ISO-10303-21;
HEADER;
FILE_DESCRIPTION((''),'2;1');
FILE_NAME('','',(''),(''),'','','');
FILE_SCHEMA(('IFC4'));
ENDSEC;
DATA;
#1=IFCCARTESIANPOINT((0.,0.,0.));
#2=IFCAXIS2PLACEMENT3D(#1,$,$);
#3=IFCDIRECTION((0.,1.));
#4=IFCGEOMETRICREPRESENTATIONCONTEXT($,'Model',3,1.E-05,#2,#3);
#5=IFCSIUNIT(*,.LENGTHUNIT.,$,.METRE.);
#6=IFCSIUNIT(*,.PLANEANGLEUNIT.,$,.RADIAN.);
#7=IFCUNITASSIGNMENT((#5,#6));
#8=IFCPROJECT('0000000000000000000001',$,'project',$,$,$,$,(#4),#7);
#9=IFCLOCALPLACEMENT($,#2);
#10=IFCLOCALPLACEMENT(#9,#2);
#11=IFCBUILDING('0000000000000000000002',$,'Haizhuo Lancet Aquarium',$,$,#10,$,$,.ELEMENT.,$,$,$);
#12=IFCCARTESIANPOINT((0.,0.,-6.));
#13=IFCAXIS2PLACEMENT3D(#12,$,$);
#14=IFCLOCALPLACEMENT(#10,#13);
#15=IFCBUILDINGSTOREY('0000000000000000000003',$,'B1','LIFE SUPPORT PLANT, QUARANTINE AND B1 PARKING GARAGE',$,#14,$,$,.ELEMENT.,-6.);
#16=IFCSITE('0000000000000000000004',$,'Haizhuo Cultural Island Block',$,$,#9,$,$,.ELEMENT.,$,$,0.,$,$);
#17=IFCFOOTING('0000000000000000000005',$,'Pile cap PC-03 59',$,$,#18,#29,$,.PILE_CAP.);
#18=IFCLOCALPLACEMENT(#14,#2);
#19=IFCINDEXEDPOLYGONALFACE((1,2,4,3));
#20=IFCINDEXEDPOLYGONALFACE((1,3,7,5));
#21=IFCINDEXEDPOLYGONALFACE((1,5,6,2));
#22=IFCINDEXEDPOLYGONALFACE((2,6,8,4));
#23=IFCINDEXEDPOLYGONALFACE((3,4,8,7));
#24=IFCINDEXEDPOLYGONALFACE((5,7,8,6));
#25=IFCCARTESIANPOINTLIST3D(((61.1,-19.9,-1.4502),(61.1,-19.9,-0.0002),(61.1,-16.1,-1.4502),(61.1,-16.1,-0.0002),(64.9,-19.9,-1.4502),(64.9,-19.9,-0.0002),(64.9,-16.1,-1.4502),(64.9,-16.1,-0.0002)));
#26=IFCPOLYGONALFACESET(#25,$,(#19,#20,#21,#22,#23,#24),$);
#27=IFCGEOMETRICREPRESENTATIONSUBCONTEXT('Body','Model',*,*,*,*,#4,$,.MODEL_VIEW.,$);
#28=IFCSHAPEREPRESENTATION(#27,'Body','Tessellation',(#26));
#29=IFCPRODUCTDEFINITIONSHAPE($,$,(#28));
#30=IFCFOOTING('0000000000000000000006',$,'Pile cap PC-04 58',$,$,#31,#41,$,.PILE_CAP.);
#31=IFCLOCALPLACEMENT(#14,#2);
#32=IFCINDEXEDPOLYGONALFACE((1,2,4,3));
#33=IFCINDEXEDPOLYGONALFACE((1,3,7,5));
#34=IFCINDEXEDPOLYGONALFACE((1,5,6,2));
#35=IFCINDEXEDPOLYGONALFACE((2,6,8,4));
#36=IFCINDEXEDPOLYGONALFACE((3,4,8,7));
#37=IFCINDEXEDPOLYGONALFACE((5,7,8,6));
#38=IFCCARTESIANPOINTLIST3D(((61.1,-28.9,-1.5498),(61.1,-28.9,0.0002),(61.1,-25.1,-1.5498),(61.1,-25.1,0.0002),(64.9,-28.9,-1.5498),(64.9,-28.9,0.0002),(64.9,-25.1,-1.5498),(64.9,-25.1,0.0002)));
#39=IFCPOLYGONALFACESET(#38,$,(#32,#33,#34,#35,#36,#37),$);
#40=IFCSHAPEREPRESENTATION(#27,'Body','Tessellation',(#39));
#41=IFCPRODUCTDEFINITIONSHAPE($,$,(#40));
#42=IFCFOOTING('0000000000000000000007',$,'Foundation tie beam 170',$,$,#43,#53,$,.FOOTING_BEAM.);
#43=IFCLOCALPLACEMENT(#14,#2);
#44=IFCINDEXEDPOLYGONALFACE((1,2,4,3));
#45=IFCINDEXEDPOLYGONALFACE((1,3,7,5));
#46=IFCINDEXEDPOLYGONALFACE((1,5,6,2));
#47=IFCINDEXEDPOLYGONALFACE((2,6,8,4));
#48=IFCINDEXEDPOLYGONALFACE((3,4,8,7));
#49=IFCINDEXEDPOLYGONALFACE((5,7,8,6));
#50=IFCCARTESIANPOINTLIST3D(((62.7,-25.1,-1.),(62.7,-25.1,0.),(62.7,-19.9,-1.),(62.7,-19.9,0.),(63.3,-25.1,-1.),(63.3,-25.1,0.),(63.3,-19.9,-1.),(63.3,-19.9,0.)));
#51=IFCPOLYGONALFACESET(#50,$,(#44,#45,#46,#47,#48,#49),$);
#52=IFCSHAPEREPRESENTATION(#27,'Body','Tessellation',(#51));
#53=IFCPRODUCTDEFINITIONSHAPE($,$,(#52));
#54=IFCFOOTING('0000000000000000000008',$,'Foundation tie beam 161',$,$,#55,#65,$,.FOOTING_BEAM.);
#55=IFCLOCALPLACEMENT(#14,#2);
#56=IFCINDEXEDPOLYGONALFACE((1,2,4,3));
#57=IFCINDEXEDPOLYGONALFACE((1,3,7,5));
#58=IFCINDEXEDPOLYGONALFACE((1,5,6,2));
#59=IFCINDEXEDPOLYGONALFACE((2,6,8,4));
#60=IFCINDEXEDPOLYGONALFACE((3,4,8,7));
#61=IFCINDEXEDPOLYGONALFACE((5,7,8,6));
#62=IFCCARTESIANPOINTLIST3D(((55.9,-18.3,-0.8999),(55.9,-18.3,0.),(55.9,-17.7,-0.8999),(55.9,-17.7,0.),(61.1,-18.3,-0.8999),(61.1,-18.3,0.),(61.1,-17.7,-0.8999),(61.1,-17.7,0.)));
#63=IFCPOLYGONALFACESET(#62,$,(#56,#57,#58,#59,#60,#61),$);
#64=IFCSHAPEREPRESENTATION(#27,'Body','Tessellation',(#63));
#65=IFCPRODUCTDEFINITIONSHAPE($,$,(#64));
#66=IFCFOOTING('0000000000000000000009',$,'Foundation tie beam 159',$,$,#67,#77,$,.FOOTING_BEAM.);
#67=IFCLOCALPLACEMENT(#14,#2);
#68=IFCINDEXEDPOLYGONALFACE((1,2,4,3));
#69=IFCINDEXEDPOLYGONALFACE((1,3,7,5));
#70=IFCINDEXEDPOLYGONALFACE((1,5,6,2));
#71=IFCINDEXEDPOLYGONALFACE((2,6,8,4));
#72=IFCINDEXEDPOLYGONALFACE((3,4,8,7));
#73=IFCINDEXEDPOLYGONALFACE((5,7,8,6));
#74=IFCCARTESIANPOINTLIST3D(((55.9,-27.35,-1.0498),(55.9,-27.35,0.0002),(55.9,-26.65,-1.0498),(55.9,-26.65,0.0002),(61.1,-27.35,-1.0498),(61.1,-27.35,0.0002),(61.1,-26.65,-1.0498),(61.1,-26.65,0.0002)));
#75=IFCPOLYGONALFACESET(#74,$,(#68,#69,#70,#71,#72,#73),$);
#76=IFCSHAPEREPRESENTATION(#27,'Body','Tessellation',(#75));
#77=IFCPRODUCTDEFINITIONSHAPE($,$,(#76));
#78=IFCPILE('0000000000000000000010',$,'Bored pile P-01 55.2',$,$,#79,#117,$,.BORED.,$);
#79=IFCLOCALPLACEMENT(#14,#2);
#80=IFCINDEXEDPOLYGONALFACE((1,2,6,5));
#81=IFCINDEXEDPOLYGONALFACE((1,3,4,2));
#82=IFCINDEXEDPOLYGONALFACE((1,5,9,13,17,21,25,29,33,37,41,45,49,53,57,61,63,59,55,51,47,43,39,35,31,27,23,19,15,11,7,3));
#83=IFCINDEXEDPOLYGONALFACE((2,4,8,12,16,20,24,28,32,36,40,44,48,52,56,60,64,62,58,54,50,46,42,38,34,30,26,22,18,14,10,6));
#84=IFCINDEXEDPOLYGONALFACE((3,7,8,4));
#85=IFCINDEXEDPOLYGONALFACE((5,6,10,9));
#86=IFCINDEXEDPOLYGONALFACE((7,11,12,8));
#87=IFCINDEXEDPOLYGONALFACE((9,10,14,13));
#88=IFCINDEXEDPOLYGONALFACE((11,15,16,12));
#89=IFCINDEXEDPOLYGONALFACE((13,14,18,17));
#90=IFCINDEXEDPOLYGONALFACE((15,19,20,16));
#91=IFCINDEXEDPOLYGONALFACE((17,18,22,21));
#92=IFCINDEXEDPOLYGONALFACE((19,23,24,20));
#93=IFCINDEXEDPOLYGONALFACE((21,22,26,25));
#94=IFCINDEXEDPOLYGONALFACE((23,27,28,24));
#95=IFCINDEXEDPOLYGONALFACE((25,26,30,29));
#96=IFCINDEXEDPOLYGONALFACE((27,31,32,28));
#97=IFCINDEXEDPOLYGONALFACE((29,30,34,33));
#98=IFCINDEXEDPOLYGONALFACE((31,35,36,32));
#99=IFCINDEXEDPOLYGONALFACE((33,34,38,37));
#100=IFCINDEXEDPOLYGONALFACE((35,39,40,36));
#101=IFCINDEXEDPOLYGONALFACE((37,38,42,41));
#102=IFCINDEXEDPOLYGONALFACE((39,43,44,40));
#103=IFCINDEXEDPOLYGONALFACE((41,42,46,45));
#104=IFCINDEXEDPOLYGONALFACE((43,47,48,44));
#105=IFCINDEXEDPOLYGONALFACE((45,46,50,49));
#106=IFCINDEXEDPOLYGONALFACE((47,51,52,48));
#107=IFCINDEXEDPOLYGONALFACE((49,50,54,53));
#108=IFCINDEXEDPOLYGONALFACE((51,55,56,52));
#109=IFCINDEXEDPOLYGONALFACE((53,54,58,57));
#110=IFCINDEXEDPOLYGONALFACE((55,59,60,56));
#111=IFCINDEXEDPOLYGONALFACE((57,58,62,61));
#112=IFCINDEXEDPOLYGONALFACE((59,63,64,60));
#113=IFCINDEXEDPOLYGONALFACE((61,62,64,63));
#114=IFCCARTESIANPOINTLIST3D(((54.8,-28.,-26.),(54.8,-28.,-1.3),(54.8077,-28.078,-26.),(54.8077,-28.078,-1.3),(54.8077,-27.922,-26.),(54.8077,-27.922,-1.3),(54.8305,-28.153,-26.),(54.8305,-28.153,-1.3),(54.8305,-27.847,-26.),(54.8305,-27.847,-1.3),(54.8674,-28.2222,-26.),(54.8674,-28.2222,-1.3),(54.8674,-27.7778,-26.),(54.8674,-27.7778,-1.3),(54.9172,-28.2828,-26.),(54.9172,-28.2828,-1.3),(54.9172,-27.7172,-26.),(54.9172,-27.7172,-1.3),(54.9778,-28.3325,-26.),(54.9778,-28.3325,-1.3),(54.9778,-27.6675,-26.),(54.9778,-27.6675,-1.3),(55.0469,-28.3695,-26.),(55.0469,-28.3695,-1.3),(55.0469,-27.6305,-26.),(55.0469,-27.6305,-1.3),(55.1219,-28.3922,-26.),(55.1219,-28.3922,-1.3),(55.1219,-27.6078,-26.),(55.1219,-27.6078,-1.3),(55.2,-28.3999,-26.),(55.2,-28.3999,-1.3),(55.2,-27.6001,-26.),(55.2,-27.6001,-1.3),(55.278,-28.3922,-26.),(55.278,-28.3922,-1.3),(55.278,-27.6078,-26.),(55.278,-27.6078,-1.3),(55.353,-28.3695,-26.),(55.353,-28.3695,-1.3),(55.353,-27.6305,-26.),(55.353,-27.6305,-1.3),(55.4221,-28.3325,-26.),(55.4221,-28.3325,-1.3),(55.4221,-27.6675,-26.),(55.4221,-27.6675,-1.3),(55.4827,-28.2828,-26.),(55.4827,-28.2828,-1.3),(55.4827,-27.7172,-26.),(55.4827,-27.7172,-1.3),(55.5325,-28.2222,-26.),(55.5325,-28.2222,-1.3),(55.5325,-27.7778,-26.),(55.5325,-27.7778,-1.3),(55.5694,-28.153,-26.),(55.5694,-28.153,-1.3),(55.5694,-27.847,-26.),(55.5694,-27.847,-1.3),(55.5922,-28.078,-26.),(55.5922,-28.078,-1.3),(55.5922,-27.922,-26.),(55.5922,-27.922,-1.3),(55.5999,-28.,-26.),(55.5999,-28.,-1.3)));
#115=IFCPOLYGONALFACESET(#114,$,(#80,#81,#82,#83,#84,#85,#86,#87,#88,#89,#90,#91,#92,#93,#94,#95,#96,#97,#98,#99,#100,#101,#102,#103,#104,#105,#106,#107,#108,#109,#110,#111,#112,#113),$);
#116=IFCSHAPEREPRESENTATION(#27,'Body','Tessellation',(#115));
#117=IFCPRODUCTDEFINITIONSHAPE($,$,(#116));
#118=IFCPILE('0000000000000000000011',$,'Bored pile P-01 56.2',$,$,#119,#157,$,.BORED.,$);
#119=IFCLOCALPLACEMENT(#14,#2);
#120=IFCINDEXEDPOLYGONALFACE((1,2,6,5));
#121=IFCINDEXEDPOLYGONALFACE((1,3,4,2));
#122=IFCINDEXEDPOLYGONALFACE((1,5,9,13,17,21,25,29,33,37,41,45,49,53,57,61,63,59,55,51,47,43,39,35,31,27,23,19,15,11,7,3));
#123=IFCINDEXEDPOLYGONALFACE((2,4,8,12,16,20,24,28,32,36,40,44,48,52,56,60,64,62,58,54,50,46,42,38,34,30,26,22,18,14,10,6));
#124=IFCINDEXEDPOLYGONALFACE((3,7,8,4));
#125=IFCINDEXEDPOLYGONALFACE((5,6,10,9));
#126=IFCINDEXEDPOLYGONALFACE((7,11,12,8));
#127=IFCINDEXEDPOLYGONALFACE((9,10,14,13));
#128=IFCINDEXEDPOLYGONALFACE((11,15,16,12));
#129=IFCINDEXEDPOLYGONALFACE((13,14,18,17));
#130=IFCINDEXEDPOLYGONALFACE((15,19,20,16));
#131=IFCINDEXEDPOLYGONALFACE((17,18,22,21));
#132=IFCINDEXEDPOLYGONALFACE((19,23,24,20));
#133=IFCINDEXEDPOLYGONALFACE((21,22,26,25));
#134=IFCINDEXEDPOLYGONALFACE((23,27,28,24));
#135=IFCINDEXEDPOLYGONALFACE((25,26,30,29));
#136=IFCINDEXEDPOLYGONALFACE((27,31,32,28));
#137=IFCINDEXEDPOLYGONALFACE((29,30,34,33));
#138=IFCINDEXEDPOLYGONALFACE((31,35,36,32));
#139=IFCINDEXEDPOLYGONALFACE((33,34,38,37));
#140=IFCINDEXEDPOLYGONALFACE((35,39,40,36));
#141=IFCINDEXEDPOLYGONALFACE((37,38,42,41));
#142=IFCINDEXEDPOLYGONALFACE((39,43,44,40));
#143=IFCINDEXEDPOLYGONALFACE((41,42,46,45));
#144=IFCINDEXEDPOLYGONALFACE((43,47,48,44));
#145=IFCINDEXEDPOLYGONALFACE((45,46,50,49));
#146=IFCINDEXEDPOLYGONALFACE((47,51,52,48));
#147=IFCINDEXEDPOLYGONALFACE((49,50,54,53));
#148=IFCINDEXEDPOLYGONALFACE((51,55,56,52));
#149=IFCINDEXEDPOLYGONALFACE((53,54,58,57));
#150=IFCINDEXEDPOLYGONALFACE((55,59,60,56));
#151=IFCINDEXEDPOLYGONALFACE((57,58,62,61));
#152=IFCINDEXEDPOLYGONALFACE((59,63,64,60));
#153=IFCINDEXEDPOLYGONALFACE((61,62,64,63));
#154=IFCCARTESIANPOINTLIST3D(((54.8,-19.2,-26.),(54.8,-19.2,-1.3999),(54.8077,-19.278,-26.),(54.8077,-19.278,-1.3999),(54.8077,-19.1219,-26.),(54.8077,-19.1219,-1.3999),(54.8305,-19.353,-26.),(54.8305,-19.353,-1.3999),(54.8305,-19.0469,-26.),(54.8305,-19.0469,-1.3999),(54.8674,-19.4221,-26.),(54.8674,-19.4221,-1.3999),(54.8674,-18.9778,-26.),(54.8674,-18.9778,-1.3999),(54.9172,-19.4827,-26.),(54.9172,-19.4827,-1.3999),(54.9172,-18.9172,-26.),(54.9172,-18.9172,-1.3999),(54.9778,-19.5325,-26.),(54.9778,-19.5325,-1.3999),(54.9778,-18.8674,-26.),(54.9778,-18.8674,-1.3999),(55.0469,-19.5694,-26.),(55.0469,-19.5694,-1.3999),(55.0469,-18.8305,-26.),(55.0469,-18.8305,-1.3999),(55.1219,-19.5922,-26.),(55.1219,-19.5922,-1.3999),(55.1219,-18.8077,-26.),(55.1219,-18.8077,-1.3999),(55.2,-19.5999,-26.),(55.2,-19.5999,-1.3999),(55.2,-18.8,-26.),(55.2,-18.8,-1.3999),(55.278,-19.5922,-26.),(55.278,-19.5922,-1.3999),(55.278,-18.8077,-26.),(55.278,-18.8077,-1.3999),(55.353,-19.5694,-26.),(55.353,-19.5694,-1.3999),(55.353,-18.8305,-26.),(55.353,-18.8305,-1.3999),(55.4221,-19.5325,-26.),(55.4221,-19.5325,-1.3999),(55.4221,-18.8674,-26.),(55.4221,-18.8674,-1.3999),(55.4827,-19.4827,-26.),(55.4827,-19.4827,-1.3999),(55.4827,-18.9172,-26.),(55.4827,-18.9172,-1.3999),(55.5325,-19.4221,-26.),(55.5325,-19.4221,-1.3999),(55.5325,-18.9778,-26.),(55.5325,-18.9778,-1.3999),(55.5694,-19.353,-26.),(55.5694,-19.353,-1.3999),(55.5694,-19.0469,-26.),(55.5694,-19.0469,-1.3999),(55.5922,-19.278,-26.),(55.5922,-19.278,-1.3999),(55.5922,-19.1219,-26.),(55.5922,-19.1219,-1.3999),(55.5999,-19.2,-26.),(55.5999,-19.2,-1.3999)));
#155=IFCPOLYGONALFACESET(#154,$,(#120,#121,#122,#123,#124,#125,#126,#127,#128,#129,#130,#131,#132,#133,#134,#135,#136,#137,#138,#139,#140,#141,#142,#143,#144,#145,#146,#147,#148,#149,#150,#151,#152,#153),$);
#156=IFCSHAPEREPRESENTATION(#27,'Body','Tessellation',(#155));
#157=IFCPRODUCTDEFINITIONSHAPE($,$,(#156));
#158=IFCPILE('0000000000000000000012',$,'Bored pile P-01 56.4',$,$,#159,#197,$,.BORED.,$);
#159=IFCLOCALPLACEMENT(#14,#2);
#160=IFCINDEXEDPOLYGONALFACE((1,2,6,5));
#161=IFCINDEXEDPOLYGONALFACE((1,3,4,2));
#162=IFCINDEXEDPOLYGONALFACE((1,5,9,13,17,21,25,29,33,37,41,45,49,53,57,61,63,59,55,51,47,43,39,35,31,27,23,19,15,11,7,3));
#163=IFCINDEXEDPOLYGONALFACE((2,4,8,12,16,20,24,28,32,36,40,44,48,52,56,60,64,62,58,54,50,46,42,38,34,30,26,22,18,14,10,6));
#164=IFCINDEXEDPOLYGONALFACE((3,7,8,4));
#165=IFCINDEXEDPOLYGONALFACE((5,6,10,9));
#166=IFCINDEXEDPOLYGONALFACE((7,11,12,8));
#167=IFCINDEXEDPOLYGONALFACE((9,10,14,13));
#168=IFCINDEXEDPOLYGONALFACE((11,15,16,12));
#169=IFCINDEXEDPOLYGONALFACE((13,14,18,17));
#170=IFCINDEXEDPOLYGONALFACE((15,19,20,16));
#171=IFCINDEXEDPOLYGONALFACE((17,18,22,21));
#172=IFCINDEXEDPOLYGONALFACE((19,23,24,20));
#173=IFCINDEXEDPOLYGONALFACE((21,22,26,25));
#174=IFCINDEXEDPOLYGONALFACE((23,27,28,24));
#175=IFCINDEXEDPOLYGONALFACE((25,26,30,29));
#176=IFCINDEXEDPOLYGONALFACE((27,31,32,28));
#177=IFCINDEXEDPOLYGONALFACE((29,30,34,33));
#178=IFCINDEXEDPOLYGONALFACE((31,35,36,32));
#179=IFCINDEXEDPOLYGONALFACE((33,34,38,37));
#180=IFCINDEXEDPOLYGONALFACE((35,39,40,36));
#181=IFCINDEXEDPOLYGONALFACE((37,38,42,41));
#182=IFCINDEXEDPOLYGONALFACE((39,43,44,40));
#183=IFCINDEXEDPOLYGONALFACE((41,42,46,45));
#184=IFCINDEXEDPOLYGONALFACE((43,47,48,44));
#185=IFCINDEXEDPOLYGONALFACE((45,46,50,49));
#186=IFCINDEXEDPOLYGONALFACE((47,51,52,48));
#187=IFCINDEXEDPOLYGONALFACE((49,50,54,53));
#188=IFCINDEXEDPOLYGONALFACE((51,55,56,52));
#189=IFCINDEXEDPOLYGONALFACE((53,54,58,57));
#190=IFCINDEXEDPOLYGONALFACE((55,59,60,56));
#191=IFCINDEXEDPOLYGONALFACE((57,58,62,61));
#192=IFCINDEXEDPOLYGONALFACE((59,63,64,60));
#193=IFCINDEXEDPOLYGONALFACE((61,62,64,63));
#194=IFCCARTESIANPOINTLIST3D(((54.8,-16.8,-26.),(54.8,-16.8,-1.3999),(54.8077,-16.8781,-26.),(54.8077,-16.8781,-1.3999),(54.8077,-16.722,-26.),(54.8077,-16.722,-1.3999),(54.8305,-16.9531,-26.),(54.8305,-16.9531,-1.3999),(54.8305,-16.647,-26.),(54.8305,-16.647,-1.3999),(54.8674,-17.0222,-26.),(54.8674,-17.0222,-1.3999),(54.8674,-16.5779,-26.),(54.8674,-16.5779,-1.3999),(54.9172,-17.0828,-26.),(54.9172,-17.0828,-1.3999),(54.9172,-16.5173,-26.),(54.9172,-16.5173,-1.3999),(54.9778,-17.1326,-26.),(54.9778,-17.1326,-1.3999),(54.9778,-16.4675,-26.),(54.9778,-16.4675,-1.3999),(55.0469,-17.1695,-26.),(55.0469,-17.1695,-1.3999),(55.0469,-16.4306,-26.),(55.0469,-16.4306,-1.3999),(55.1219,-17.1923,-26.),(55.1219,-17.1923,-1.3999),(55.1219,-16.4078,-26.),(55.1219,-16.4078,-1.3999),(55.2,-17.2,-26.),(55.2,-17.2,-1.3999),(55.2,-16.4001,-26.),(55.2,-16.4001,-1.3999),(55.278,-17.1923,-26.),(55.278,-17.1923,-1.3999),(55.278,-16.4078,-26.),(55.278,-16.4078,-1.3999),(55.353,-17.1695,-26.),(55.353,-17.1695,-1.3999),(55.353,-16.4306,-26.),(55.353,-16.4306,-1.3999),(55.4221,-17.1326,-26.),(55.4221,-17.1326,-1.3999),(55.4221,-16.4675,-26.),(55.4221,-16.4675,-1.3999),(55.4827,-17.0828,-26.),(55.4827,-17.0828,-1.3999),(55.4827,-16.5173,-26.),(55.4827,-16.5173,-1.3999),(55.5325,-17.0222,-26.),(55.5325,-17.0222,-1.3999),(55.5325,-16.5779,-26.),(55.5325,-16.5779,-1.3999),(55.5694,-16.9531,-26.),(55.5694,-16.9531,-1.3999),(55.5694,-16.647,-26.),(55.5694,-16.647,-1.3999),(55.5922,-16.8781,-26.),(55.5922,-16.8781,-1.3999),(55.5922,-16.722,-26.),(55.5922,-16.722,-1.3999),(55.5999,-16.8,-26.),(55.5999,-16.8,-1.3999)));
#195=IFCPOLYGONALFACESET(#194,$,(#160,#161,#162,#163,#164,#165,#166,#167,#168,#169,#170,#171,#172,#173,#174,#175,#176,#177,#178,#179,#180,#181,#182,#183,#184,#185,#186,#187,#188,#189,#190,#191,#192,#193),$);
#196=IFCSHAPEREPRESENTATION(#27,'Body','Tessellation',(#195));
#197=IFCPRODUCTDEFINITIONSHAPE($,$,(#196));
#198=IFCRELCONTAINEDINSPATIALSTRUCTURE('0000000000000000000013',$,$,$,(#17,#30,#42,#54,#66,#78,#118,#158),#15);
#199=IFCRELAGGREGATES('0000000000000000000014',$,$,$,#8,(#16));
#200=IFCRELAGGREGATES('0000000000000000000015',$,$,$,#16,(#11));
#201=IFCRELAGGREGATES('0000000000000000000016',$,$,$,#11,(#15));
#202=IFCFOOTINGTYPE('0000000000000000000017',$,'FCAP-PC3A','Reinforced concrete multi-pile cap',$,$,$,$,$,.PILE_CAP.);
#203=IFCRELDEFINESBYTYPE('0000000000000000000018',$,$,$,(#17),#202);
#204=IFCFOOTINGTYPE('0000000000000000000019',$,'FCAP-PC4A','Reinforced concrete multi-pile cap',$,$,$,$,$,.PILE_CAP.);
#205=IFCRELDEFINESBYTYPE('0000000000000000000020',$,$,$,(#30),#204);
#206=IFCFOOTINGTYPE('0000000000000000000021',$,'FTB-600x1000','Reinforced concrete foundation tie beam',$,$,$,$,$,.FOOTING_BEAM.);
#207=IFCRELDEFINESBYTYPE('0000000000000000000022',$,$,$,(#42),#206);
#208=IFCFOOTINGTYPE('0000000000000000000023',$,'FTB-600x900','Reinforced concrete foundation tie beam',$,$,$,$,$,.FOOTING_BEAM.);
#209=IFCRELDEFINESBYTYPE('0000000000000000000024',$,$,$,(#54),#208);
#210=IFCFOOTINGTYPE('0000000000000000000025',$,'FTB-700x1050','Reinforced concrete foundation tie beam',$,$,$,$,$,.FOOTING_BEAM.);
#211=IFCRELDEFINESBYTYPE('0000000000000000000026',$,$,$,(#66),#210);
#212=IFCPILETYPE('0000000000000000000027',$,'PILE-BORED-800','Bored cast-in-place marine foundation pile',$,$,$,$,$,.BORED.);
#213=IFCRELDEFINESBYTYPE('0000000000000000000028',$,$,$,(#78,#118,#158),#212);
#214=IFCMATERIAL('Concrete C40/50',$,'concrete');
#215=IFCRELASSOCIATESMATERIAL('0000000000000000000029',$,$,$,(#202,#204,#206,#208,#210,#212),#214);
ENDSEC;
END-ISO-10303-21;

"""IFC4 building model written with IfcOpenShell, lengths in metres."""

from ifc_helpers import new_model, si_unit, direction, frame, origin, origin_2d, place, context, subcontext, project, spatial, rectangle, circle, extrude, material, material_profile, profile_set, type_object, element, save


model = new_model("IFC4")

# Units and contexts
model_context = context("Model", 3, precision=1e-05, world=origin(), true_north=direction((0.0, 1.0)))
body_context = subcontext(model_context, "Body", "Model", "MODEL_VIEW")
ifc_project = project(units=[si_unit("LENGTHUNIT", "METRE"), si_unit("PLANEANGLEUNIT", "RADIAN")], contexts=[model_context])

# Site, building, storey
site_placement = place(None, origin())
site = spatial("IfcSite", under=ifc_project, at=site_placement, Name="Haizhuo Cultural Island Block", CompositionType="ELEMENT", RefElevation=0.0)
building_placement = place(site_placement, origin())
building = spatial("IfcBuilding", under=site, at=building_placement, Name="Haizhuo Lancet Aquarium", CompositionType="ELEMENT")
storey_placement = place(building_placement, frame((0.0, 0.0, -6.0)))
storey = spatial("IfcBuildingStorey", under=building, at=storey_placement, Name="B1", Description="LIFE SUPPORT PLANT, QUARANTINE AND B1 PARKING GARAGE", CompositionType="ELEMENT", Elevation=-6.0)

# Footings
ifc_material_1 = material(Name="Concrete C40/50", Category="concrete")
footing_type_1 = type_object("IfcFootingType", Name="FCAP-PC3A", Description="Reinforced concrete multi-pile cap", PredefinedType="PILE_CAP", material=ifc_material_1)
footing_1_placement = place(storey_placement, frame((63.0, -18.0, -1.4502), z_axis=(0.0, 0.0, 1.0), x_axis=(1.0, 0.0, 0.0)))
element("IfcFooting", 1, at=footing_1_placement, inside=storey, type_object=footing_type_1, Name="Pile cap PC-03 59", PredefinedType="PILE_CAP", context=body_context, shape_type="SweptSolid", body=[
    extrude(rectangle(XDim=3.8, YDim=3.8, at=origin_2d()), origin(), (0.0, 0.0, 1.0), 1.45),
])
footing_type_2 = type_object("IfcFootingType", Name="FCAP-PC4A", Description="Reinforced concrete multi-pile cap", PredefinedType="PILE_CAP", material=ifc_material_1)
footing_2_placement = place(storey_placement, frame((63.0, -27.0, -1.5498), z_axis=(0.0, 0.0, 1.0), x_axis=(1.0, 0.0, 0.0)))
element("IfcFooting", 2, at=footing_2_placement, inside=storey, type_object=footing_type_2, Name="Pile cap PC-04 58", PredefinedType="PILE_CAP", context=body_context, shape_type="SweptSolid", body=[
    extrude(rectangle(XDim=3.8, YDim=3.8, at=origin_2d()), origin(), (0.0, 0.0, 1.0), 1.55),
])
footing_type_3 = type_object("IfcFootingType", Name="FTB-600x1000", Description="Reinforced concrete foundation tie beam", PredefinedType="FOOTING_BEAM", material=ifc_material_1)
footing_3_placement = place(storey_placement, frame((63.0, -22.5, -1.0), z_axis=(0.0, 0.0, 1.0), x_axis=(0.0, 1.0, 0.0)))
element("IfcFooting", 3, at=footing_3_placement, inside=storey, type_object=footing_type_3, Name="Foundation tie beam 170", PredefinedType="FOOTING_BEAM", context=body_context, shape_type="SweptSolid", body=[
    extrude(rectangle(XDim=5.2, YDim=0.6001, at=origin_2d()), origin(), (0.0, 0.0, 1.0), 1.0),
])
footing_type_4 = type_object("IfcFootingType", Name="FTB-600x900", Description="Reinforced concrete foundation tie beam", PredefinedType="FOOTING_BEAM", material=ifc_material_1)
footing_4_placement = place(storey_placement, frame((58.5, -18.0, -0.8999), z_axis=(0.0, 0.0, 1.0), x_axis=(1.0, 0.0, 0.0)))
element("IfcFooting", 4, at=footing_4_placement, inside=storey, type_object=footing_type_4, Name="Foundation tie beam 161", PredefinedType="FOOTING_BEAM", context=body_context, shape_type="SweptSolid", body=[
    extrude(rectangle(XDim=5.2, YDim=0.6001, at=origin_2d()), origin(), (0.0, 0.0, 1.0), 0.8999),
])
footing_type_5 = type_object("IfcFootingType", Name="FTB-700x1050", Description="Reinforced concrete foundation tie beam", PredefinedType="FOOTING_BEAM", material=ifc_material_1)
footing_5_placement = place(storey_placement, frame((58.5, -27.0, -1.0498), z_axis=(0.0, 0.0, 1.0), x_axis=(1.0, 0.0, 0.0)))
element("IfcFooting", 5, at=footing_5_placement, inside=storey, type_object=footing_type_5, Name="Foundation tie beam 159", PredefinedType="FOOTING_BEAM", context=body_context, shape_type="SweptSolid", body=[
    extrude(rectangle(XDim=5.2, YDim=0.7, at=origin_2d()), origin(), (0.0, 0.0, 1.0), 1.05),
])

# Piles
ifc_material_profile_1 = material_profile(ifc_material_1, circle(Radius=0.3999, at=origin_2d()), Name="PILE-800")
ifc_profile_set_1 = profile_set([ifc_material_profile_1], Name="Concrete C40/50")
pile_type = type_object("IfcPileType", Name="PILE-BORED-800", Description="Bored cast-in-place marine foundation pile", PredefinedType="BORED", material=ifc_profile_set_1)
pile_1_placement = place(storey_placement, frame((55.2, -28.0, -1.3), z_axis=(0.0, 0.0, -1.0), x_axis=(1.0, 0.0, 0.0)))
element("IfcPile", 6, at=pile_1_placement, inside=storey, type_object=pile_type, Name="Bored pile P-01 55.2", PredefinedType="BORED", context=body_context, shape_type="SweptSolid", body=[
    extrude(circle(Radius=0.3999, at=origin_2d()), origin(), (0.0, 0.0, 1.0), 24.7),
])
for number, where, z_axis, x_axis, name in (
    (7, (55.2, -19.2, -1.3999), (0.0, 0.0, -1.0), (1.0, 0.0, 0.0), "Bored pile P-01 56.2"),
    (8, (55.2, -16.8, -1.3999), (0.0, 0.0, -1.0), (1.0, 0.0, 0.0), "Bored pile P-01 56.4"),
):
    element("IfcPile", number, at=place(storey_placement, frame(where, z_axis=z_axis, x_axis=x_axis)), inside=storey, type_object=pile_type, Name=name, PredefinedType="BORED", context=body_context, shape_type="SweptSolid", body=[
        extrude(circle(Radius=0.3999, at=origin_2d()), origin(), (0.0, 0.0, 1.0), 24.6001),
    ])

save(model, "model.ifc")
